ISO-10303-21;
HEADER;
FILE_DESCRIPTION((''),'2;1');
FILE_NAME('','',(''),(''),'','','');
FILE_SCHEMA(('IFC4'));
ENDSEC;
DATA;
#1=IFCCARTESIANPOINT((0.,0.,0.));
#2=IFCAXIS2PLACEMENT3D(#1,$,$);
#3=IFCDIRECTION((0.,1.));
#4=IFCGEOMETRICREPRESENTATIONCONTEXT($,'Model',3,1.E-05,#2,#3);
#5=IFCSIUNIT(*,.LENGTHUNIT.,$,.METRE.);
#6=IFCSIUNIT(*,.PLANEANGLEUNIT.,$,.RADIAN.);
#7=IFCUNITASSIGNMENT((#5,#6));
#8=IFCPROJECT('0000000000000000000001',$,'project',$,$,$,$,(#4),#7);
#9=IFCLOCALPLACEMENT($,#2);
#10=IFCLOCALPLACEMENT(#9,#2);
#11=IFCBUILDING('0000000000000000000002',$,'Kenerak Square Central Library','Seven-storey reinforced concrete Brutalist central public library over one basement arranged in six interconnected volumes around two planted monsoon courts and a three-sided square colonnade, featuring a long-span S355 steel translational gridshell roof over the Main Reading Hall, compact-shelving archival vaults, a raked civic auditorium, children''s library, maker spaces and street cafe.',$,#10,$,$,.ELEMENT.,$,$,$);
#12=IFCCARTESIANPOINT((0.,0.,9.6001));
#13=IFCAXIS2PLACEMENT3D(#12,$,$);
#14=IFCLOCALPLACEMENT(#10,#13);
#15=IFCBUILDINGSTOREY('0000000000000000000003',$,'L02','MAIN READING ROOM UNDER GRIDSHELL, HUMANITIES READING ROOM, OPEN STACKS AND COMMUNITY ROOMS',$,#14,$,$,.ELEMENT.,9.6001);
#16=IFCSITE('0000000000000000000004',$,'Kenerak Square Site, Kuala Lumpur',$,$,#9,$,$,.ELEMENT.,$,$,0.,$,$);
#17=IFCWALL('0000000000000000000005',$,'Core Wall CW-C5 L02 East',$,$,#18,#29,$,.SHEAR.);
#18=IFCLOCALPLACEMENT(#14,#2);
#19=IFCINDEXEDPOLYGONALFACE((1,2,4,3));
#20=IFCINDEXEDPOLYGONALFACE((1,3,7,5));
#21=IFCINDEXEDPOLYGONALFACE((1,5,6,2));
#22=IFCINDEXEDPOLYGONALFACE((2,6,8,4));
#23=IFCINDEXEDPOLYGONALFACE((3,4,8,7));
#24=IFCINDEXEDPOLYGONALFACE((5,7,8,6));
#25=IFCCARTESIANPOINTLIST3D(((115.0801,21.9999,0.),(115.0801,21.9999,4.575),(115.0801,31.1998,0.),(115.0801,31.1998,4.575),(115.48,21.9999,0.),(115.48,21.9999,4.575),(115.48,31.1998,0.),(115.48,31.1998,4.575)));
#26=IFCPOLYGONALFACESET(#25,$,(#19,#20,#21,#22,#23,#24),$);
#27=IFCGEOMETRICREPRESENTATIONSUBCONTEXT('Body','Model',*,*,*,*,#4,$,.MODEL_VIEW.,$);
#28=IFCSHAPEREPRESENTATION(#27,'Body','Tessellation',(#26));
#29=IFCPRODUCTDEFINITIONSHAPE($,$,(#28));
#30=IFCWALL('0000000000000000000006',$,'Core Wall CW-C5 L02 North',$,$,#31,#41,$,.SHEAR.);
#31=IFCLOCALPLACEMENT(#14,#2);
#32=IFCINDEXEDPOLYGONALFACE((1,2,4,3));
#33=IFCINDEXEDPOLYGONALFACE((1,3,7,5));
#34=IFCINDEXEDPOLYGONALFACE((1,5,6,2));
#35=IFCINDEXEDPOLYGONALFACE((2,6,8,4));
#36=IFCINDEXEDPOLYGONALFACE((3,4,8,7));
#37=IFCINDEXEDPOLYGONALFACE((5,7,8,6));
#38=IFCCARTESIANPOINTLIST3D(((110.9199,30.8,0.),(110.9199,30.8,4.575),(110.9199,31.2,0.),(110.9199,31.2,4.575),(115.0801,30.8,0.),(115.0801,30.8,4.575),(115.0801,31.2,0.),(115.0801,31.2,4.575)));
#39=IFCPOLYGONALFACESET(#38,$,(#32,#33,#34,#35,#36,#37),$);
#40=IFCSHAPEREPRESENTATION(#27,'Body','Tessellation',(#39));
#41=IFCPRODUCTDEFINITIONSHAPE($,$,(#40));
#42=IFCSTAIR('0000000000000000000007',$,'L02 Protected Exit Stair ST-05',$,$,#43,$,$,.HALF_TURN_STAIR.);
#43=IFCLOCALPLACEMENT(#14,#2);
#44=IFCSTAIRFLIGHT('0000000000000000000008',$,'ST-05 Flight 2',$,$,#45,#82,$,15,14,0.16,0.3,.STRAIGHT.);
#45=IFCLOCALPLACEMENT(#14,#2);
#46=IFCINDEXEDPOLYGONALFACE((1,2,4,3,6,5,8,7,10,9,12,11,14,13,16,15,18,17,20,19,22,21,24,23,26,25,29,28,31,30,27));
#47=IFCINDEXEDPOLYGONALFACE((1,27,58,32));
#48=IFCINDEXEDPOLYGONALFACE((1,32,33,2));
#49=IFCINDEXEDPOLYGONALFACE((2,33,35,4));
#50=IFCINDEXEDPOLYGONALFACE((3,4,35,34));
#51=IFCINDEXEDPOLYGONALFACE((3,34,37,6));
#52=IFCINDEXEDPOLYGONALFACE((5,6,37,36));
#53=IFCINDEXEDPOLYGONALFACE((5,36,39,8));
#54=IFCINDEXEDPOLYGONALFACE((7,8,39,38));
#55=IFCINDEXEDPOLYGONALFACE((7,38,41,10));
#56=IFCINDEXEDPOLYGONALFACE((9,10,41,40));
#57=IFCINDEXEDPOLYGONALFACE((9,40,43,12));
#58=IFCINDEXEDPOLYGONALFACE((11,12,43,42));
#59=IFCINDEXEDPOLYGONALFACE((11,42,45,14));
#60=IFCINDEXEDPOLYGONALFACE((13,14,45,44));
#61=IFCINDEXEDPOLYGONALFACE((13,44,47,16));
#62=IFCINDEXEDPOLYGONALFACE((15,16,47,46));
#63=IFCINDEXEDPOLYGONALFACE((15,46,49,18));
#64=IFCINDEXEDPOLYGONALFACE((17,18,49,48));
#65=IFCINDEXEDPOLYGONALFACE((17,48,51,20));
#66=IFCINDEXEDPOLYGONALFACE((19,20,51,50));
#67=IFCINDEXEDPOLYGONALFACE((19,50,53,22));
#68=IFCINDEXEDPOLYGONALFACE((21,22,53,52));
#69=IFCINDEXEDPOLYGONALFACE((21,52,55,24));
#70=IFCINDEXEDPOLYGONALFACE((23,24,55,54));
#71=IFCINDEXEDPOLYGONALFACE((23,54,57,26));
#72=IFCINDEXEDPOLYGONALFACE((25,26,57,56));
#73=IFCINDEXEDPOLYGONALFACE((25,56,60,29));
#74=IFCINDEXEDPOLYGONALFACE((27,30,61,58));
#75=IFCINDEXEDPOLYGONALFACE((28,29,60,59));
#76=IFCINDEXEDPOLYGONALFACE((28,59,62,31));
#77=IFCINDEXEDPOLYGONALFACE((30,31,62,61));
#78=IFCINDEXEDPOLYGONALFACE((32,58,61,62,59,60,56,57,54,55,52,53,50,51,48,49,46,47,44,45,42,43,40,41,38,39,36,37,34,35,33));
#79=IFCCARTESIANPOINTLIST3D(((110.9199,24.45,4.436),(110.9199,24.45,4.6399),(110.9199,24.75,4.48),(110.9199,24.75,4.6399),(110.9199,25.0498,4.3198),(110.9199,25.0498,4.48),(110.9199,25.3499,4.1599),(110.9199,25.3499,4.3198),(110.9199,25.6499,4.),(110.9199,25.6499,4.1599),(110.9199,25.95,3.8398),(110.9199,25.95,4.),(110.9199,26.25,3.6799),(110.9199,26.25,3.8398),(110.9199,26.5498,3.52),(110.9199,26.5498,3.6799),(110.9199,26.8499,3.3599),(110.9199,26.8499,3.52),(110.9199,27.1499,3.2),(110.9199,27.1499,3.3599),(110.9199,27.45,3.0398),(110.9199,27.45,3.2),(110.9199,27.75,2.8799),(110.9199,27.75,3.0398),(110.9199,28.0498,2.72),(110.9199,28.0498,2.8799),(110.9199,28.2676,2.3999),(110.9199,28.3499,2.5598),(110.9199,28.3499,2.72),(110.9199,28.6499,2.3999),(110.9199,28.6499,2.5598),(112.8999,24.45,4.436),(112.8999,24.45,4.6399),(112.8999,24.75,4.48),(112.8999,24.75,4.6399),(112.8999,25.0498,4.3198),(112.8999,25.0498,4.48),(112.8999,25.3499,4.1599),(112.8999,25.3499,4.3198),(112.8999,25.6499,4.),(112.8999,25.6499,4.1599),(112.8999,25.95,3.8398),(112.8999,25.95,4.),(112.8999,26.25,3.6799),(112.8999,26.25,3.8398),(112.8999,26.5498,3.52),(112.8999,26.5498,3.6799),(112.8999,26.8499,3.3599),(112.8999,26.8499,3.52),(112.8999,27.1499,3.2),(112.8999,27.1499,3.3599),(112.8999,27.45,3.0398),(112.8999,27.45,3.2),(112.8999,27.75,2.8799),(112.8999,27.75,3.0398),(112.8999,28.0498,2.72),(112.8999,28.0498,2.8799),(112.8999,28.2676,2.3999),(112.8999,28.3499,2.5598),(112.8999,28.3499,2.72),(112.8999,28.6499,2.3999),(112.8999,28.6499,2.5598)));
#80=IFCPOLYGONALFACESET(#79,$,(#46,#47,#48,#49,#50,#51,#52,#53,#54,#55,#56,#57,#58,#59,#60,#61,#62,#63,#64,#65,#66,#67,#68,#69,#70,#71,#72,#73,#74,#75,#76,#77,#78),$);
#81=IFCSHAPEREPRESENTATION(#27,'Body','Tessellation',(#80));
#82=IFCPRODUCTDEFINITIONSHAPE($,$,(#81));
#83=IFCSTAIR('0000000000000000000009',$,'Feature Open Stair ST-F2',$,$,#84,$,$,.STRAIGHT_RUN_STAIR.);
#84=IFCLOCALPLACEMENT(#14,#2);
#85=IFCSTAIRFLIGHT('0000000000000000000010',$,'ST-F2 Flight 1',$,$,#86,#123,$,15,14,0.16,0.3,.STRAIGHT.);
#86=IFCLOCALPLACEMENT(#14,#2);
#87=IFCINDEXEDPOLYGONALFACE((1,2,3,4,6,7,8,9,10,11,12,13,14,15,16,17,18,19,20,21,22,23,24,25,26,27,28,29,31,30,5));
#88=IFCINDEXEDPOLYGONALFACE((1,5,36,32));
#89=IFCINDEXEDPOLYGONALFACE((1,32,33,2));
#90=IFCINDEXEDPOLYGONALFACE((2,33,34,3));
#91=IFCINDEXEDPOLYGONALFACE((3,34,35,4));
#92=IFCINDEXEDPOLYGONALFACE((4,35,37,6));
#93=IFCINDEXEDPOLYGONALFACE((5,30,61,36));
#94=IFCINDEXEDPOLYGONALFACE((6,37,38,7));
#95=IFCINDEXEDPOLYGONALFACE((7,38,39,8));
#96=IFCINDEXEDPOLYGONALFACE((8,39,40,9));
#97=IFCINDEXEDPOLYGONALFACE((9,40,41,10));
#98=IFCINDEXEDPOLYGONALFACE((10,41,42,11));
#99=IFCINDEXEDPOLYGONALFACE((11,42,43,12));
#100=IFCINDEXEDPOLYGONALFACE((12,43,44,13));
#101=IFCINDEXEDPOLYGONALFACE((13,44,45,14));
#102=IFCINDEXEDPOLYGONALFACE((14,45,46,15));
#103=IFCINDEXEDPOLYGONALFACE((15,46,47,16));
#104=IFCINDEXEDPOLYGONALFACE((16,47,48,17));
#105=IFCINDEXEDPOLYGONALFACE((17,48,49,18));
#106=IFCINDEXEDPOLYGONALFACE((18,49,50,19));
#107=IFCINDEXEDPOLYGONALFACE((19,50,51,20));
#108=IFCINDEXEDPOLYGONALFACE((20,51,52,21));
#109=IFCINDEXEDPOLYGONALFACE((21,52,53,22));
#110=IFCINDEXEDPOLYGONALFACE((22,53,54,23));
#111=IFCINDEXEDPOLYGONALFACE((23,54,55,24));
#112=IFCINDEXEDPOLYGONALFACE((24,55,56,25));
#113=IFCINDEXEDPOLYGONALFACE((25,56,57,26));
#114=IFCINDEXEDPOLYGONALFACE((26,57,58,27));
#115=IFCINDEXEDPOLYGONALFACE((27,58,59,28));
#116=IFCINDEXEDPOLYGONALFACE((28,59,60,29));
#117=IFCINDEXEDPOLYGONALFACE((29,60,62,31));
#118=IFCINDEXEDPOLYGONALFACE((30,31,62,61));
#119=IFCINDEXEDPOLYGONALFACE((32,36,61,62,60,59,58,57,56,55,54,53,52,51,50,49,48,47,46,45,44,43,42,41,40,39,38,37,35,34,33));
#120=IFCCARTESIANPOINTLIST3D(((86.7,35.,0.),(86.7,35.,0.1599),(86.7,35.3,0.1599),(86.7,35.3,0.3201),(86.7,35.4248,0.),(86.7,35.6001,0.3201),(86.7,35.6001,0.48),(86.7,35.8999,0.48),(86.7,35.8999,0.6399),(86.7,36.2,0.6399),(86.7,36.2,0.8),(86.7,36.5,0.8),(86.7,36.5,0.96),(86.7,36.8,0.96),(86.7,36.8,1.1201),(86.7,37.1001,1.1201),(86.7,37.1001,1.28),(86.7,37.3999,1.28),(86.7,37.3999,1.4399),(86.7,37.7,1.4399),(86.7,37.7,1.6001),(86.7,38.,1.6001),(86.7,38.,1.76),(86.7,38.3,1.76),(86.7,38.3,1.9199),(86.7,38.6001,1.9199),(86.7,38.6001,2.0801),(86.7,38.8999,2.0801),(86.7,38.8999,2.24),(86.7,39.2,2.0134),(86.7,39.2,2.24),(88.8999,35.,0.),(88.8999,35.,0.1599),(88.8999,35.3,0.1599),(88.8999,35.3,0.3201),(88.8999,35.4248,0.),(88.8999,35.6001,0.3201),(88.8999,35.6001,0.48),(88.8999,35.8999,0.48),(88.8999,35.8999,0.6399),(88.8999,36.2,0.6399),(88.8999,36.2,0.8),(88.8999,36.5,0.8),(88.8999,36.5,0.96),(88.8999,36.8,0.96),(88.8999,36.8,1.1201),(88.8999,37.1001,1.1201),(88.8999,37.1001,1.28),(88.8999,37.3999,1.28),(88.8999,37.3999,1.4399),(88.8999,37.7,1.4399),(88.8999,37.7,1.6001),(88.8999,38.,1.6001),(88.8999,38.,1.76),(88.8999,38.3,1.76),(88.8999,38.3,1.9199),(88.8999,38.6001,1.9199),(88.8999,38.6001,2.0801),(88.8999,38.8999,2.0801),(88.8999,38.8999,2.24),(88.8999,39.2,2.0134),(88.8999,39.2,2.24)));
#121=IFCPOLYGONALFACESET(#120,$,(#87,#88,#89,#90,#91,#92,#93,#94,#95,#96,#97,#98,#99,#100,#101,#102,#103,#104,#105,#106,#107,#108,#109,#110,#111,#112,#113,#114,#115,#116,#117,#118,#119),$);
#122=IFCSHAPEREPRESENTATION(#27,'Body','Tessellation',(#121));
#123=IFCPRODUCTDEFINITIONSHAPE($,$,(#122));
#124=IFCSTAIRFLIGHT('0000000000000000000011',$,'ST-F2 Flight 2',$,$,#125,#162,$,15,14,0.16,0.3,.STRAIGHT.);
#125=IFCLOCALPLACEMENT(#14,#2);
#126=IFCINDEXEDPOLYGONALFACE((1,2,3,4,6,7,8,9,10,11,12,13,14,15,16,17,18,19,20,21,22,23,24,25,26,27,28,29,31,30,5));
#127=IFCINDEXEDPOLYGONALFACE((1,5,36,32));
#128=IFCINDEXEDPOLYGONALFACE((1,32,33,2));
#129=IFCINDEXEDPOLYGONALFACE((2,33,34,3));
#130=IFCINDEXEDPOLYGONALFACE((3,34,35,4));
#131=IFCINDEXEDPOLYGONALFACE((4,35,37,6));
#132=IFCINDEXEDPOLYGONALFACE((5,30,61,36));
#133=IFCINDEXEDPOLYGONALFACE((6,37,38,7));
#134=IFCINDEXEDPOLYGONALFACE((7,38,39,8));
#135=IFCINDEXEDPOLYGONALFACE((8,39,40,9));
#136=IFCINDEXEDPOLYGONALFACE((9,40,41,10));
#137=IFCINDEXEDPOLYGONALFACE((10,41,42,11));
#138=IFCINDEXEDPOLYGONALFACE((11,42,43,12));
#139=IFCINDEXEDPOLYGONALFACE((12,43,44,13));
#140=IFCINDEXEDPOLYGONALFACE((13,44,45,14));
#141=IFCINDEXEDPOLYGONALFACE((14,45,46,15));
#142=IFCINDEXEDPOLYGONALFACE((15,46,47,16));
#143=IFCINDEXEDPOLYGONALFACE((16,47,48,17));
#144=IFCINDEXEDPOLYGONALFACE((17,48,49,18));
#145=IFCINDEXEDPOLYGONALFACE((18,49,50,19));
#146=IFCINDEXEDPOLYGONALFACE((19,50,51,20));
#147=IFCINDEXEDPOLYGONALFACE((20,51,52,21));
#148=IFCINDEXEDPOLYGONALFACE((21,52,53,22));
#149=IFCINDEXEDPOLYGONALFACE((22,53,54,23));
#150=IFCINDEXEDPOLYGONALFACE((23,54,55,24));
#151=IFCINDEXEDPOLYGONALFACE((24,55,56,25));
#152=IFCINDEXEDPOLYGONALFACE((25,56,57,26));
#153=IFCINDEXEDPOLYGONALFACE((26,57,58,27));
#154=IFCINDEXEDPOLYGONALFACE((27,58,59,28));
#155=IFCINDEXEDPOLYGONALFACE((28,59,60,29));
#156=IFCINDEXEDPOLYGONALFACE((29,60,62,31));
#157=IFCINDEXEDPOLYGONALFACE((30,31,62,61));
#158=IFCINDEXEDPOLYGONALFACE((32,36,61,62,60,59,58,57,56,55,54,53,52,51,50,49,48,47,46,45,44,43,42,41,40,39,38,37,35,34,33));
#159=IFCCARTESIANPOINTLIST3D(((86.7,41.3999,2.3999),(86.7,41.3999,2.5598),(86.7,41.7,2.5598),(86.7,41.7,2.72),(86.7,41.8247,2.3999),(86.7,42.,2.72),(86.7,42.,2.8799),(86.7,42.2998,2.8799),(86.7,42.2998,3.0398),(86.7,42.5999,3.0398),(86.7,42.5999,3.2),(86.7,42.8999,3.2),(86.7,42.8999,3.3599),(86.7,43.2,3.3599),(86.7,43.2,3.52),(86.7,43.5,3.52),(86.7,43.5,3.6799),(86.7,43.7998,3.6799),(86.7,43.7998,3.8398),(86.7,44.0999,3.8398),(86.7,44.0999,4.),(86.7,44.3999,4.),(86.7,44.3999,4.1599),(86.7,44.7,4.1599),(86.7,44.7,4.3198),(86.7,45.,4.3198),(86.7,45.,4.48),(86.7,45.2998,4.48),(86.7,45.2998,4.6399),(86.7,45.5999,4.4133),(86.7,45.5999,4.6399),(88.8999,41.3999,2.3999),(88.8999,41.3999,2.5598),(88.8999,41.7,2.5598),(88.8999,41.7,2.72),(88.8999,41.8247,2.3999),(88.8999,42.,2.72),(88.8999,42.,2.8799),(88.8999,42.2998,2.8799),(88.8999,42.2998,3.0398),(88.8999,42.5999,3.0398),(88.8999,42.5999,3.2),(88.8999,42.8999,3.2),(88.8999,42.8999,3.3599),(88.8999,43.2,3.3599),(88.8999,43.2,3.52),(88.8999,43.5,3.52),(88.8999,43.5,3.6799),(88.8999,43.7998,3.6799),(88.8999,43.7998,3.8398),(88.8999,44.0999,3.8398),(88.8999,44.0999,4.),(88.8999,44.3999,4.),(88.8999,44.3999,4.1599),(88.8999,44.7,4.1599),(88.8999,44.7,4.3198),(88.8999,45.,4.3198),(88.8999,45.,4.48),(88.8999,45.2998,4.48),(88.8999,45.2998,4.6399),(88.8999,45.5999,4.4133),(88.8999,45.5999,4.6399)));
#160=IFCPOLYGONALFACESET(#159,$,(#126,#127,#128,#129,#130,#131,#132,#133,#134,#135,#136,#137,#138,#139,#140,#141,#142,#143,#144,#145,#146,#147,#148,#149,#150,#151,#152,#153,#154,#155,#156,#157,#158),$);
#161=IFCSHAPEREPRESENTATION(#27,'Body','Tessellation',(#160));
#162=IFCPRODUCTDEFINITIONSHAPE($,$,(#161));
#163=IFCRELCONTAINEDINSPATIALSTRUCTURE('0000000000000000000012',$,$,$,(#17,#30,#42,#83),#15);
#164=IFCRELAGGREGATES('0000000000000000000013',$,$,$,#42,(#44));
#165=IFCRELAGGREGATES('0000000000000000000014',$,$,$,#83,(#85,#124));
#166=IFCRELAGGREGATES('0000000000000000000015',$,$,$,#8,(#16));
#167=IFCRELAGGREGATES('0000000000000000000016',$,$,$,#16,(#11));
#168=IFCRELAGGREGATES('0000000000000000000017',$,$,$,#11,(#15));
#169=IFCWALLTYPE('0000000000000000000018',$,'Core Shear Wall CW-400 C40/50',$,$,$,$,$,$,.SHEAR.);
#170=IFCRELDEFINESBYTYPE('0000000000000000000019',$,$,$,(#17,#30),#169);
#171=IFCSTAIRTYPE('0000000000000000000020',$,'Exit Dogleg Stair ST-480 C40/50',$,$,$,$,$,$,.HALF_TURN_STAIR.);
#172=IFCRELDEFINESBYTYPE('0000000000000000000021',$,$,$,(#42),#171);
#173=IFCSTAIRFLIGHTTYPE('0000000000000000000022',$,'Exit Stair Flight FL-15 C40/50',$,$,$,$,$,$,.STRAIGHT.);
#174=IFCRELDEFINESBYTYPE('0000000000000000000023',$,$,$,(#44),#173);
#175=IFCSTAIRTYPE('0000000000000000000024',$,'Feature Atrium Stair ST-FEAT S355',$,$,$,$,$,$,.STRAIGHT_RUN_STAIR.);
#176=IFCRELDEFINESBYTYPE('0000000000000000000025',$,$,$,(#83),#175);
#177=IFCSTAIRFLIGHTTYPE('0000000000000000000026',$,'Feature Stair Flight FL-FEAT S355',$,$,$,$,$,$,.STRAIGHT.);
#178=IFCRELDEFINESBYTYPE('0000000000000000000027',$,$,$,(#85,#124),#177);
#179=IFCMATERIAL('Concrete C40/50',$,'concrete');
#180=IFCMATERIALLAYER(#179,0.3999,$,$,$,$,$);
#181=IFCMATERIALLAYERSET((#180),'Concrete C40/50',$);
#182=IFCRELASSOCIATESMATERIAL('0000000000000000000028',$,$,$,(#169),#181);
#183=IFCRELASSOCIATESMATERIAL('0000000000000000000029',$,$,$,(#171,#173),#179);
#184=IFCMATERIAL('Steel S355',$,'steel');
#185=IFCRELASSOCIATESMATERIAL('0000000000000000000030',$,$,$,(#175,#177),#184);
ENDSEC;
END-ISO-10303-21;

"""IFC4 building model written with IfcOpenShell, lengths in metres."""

from ifc_helpers import new_model, si_unit, direction, frame, frame_2d, origin, place, context, subcontext, project, spatial, polyline, rectangle, outline, extrude, material, layer, layer_set, type_object, element, aggregate, save


model = new_model("IFC4")

# Units and contexts
model_context = context("Model", 3, precision=1e-05, world=origin(), true_north=direction((0.0, 1.0)))
body_context = subcontext(model_context, "Body", "Model", "MODEL_VIEW")
ifc_project = project(units=[si_unit("LENGTHUNIT", "METRE"), si_unit("PLANEANGLEUNIT", "RADIAN")], contexts=[model_context])

# Site, building, storey
site_placement = place(None, origin())
site = spatial("IfcSite", under=ifc_project, at=site_placement, Name="Kenerak Square Site, Kuala Lumpur", CompositionType="ELEMENT", RefElevation=0.0)
building_placement = place(site_placement, origin())
building = spatial("IfcBuilding", under=site, at=building_placement, Name="Kenerak Square Central Library", Description="Seven-storey reinforced concrete Brutalist central public library over one basement arranged in six interconnected volumes around two planted monsoon courts and a three-sided square colonnade, featuring a long-span S355 steel translational gridshell roof over the Main Reading Hall, compact-shelving archival vaults, a raked civic auditorium, children's library, maker spaces and street cafe.", CompositionType="ELEMENT")
storey_placement = place(building_placement, frame((0.0, 0.0, 9.6001)))
storey = spatial("IfcBuildingStorey", under=building, at=storey_placement, Name="L02", Description="MAIN READING ROOM UNDER GRIDSHELL, HUMANITIES READING ROOM, OPEN STACKS AND COMMUNITY ROOMS", CompositionType="ELEMENT", Elevation=9.6001)

# Shared definitions
ifc_material_1 = material(Name="Steel S355", Category="steel")

# Shared definitions
ifc_material_2 = material(Name="Concrete C40/50", Category="concrete")

# Walls
ifc_layer_1 = layer(ifc_material_2, 0.3999)
ifc_layer_set_1 = layer_set([ifc_layer_1], Name="Concrete C40/50")
wall_type = type_object("IfcWallType", Name="Core Shear Wall CW-400 C40/50", PredefinedType="SHEAR", material=ifc_layer_set_1)
wall_1_placement = place(storey_placement, frame((115.28, 31.2, 0.0), z_axis=(0.0, 0.0, 1.0), x_axis=(0.0, -1.0, 0.0)))
element("IfcWall", 1, at=wall_1_placement, inside=storey, type_object=wall_type, Name="Core Wall CW-C5 L02 East", PredefinedType="SHEAR", context=body_context, shape_type="SweptSolid", body=[
    extrude(rectangle(XDim=9.2, YDim=0.3999, at=frame_2d((4.6001, 0.0))), origin(), (0.0, 0.0, 1.0), 4.575),
])
wall_2_placement = place(storey_placement, frame((110.9199, 31.0, 0.0), z_axis=(0.0, 0.0, 1.0), x_axis=(1.0, 0.0, 0.0)))
element("IfcWall", 2, at=wall_2_placement, inside=storey, type_object=wall_type, Name="Core Wall CW-C5 L02 North", PredefinedType="SHEAR", context=body_context, shape_type="SweptSolid", body=[
    extrude(rectangle(XDim=4.1602, YDim=0.3999, at=frame_2d((2.0801, 0.0))), origin(), (0.0, 0.0, 1.0), 4.575),
])

# Stair, stair flight
stair_type_1 = type_object("IfcStairType", Name="Exit Dogleg Stair ST-480 C40/50", PredefinedType="HALF_TURN_STAIR", material=ifc_material_2)
stair_1_placement = place(storey_placement, origin())
stair_1 = element("IfcStair", 3, at=stair_1_placement, inside=storey, type_object=stair_type_1, Name="L02 Protected Exit Stair ST-05", PredefinedType="HALF_TURN_STAIR")
stair_flight_type_1 = type_object("IfcStairFlightType", Name="Exit Stair Flight FL-15 C40/50", PredefinedType="STRAIGHT", material=ifc_material_2)
stair_flight_1_placement = place(storey_placement, frame((111.9099, 28.6499, 2.3999), z_axis=(0.0, 0.0, 1.0), x_axis=(0.0, -1.0, 0.0)))
stair_flight_1 = element("IfcStairFlight", 4, at=stair_flight_1_placement, type_object=stair_flight_type_1, Name="ST-05 Flight 2", NumberOfRisers=15, NumberOfTreads=14, PredefinedType="STRAIGHT", RiserHeight=0.16, TreadLength=0.3, context=body_context, shape_type="SweptSolid", body=[
    extrude(outline(polyline([(0.0, 0.0), (0.0, 0.1599), (0.3, 0.1599), (0.3, 0.3201), (0.6001, 0.3201), (0.6001, 0.48), (0.8999, 0.48), (0.8999, 0.6399), (1.2, 0.6399), (1.2, 0.8), (1.5, 0.8), (1.5, 0.96), (1.8, 0.96), (1.8, 1.1201), (2.1001, 1.1201), (2.1001, 1.28), (2.3999, 1.28), (2.3999, 1.4399), (2.7, 1.4399), (2.7, 1.6001), (3.0, 1.6001), (3.0, 1.76), (3.3, 1.76), (3.3, 1.9199), (3.6001, 1.9199), (3.6001, 2.0801), (3.8999, 2.0801), (3.8999, 2.24), (4.2, 2.24), (4.2, 2.3999), (4.2, 2.0361), (0.3823, 0.0), (0.0, 0.0)])), frame((0.0, 0.99, 0.0), z_axis=(0.0, -1.0, 0.0), x_axis=(1.0, 0.0, 0.0)), (0.0, 0.0, 1.0), 1.98),
])
aggregate(stair_1, [stair_flight_1])

# Stair, stair flights
stair_type_2 = type_object("IfcStairType", Name="Feature Atrium Stair ST-FEAT S355", PredefinedType="STRAIGHT_RUN_STAIR", material=ifc_material_1)
stair_2_placement = place(storey_placement, origin())
stair_2 = element("IfcStair", 5, at=stair_2_placement, inside=storey, type_object=stair_type_2, Name="Feature Open Stair ST-F2", PredefinedType="STRAIGHT_RUN_STAIR")
stair_flight_type_2 = type_object("IfcStairFlightType", Name="Feature Stair Flight FL-FEAT S355", PredefinedType="STRAIGHT", material=ifc_material_1)
stair_flight_2_placement = place(storey_placement, frame((87.8, 35.0, 0.0), z_axis=(0.0, 0.0, 1.0), x_axis=(0.0, 1.0, 0.0)))
stair_flight_2 = element("IfcStairFlight", 6, at=stair_flight_2_placement, type_object=stair_flight_type_2, Name="ST-F2 Flight 1", NumberOfRisers=15, NumberOfTreads=14, PredefinedType="STRAIGHT", RiserHeight=0.16, TreadLength=0.3, context=body_context, shape_type="SweptSolid", body=[
    extrude(outline(polyline([(0.0, 0.0), (0.0, 0.1599), (0.3, 0.1599), (0.3, 0.3201), (0.6001, 0.3201), (0.6001, 0.48), (0.8999, 0.48), (0.8999, 0.6399), (1.2, 0.6399), (1.2, 0.8), (1.5, 0.8), (1.5, 0.96), (1.8, 0.96), (1.8, 1.1201), (2.1001, 1.1201), (2.1001, 1.28), (2.3999, 1.28), (2.3999, 1.4399), (2.7, 1.4399), (2.7, 1.6001), (3.0, 1.6001), (3.0, 1.76), (3.3, 1.76), (3.3, 1.9199), (3.6001, 1.9199), (3.6001, 2.0801), (3.8999, 2.0801), (3.8999, 2.24), (4.2, 2.24), (4.2, 2.3999), (4.2, 2.0134), (0.4248, 0.0), (0.0, 0.0)])), frame((0.0, 1.1001, 0.0), z_axis=(0.0, -1.0, 0.0), x_axis=(1.0, 0.0, 0.0)), (0.0, 0.0, 1.0), 2.2),
])
stair_flight_3_placement = place(storey_placement, frame((87.8, 41.3999, 2.3999), z_axis=(0.0, 0.0, 1.0), x_axis=(0.0, 1.0, 0.0)))
stair_flight_3 = element("IfcStairFlight", 7, at=stair_flight_3_placement, type_object=stair_flight_type_2, Name="ST-F2 Flight 2", NumberOfRisers=15, NumberOfTreads=14, PredefinedType="STRAIGHT", RiserHeight=0.16, TreadLength=0.3, context=body_context, shape_type="SweptSolid", body=[
    extrude(outline(polyline([(0.0, 0.0), (0.0, 0.1599), (0.3, 0.1599), (0.3, 0.3201), (0.6001, 0.3201), (0.6001, 0.48), (0.8999, 0.48), (0.8999, 0.6399), (1.2, 0.6399), (1.2, 0.8), (1.5, 0.8), (1.5, 0.96), (1.8, 0.96), (1.8, 1.1201), (2.1001, 1.1201), (2.1001, 1.28), (2.3999, 1.28), (2.3999, 1.4399), (2.7, 1.4399), (2.7, 1.6001), (3.0, 1.6001), (3.0, 1.76), (3.3, 1.76), (3.3, 1.9199), (3.6001, 1.9199), (3.6001, 2.0801), (3.8999, 2.0801), (3.8999, 2.24), (4.2, 2.24), (4.2, 2.3999), (4.2, 2.0134), (0.4248, 0.0), (0.0, 0.0)])), frame((0.0, 1.1001, 0.0), z_axis=(0.0, -1.0, 0.0), x_axis=(1.0, 0.0, 0.0)), (0.0, 0.0, 1.0), 2.2),
])
aggregate(stair_2, [stair_flight_2, stair_flight_3])

save(model, "model.ifc")
